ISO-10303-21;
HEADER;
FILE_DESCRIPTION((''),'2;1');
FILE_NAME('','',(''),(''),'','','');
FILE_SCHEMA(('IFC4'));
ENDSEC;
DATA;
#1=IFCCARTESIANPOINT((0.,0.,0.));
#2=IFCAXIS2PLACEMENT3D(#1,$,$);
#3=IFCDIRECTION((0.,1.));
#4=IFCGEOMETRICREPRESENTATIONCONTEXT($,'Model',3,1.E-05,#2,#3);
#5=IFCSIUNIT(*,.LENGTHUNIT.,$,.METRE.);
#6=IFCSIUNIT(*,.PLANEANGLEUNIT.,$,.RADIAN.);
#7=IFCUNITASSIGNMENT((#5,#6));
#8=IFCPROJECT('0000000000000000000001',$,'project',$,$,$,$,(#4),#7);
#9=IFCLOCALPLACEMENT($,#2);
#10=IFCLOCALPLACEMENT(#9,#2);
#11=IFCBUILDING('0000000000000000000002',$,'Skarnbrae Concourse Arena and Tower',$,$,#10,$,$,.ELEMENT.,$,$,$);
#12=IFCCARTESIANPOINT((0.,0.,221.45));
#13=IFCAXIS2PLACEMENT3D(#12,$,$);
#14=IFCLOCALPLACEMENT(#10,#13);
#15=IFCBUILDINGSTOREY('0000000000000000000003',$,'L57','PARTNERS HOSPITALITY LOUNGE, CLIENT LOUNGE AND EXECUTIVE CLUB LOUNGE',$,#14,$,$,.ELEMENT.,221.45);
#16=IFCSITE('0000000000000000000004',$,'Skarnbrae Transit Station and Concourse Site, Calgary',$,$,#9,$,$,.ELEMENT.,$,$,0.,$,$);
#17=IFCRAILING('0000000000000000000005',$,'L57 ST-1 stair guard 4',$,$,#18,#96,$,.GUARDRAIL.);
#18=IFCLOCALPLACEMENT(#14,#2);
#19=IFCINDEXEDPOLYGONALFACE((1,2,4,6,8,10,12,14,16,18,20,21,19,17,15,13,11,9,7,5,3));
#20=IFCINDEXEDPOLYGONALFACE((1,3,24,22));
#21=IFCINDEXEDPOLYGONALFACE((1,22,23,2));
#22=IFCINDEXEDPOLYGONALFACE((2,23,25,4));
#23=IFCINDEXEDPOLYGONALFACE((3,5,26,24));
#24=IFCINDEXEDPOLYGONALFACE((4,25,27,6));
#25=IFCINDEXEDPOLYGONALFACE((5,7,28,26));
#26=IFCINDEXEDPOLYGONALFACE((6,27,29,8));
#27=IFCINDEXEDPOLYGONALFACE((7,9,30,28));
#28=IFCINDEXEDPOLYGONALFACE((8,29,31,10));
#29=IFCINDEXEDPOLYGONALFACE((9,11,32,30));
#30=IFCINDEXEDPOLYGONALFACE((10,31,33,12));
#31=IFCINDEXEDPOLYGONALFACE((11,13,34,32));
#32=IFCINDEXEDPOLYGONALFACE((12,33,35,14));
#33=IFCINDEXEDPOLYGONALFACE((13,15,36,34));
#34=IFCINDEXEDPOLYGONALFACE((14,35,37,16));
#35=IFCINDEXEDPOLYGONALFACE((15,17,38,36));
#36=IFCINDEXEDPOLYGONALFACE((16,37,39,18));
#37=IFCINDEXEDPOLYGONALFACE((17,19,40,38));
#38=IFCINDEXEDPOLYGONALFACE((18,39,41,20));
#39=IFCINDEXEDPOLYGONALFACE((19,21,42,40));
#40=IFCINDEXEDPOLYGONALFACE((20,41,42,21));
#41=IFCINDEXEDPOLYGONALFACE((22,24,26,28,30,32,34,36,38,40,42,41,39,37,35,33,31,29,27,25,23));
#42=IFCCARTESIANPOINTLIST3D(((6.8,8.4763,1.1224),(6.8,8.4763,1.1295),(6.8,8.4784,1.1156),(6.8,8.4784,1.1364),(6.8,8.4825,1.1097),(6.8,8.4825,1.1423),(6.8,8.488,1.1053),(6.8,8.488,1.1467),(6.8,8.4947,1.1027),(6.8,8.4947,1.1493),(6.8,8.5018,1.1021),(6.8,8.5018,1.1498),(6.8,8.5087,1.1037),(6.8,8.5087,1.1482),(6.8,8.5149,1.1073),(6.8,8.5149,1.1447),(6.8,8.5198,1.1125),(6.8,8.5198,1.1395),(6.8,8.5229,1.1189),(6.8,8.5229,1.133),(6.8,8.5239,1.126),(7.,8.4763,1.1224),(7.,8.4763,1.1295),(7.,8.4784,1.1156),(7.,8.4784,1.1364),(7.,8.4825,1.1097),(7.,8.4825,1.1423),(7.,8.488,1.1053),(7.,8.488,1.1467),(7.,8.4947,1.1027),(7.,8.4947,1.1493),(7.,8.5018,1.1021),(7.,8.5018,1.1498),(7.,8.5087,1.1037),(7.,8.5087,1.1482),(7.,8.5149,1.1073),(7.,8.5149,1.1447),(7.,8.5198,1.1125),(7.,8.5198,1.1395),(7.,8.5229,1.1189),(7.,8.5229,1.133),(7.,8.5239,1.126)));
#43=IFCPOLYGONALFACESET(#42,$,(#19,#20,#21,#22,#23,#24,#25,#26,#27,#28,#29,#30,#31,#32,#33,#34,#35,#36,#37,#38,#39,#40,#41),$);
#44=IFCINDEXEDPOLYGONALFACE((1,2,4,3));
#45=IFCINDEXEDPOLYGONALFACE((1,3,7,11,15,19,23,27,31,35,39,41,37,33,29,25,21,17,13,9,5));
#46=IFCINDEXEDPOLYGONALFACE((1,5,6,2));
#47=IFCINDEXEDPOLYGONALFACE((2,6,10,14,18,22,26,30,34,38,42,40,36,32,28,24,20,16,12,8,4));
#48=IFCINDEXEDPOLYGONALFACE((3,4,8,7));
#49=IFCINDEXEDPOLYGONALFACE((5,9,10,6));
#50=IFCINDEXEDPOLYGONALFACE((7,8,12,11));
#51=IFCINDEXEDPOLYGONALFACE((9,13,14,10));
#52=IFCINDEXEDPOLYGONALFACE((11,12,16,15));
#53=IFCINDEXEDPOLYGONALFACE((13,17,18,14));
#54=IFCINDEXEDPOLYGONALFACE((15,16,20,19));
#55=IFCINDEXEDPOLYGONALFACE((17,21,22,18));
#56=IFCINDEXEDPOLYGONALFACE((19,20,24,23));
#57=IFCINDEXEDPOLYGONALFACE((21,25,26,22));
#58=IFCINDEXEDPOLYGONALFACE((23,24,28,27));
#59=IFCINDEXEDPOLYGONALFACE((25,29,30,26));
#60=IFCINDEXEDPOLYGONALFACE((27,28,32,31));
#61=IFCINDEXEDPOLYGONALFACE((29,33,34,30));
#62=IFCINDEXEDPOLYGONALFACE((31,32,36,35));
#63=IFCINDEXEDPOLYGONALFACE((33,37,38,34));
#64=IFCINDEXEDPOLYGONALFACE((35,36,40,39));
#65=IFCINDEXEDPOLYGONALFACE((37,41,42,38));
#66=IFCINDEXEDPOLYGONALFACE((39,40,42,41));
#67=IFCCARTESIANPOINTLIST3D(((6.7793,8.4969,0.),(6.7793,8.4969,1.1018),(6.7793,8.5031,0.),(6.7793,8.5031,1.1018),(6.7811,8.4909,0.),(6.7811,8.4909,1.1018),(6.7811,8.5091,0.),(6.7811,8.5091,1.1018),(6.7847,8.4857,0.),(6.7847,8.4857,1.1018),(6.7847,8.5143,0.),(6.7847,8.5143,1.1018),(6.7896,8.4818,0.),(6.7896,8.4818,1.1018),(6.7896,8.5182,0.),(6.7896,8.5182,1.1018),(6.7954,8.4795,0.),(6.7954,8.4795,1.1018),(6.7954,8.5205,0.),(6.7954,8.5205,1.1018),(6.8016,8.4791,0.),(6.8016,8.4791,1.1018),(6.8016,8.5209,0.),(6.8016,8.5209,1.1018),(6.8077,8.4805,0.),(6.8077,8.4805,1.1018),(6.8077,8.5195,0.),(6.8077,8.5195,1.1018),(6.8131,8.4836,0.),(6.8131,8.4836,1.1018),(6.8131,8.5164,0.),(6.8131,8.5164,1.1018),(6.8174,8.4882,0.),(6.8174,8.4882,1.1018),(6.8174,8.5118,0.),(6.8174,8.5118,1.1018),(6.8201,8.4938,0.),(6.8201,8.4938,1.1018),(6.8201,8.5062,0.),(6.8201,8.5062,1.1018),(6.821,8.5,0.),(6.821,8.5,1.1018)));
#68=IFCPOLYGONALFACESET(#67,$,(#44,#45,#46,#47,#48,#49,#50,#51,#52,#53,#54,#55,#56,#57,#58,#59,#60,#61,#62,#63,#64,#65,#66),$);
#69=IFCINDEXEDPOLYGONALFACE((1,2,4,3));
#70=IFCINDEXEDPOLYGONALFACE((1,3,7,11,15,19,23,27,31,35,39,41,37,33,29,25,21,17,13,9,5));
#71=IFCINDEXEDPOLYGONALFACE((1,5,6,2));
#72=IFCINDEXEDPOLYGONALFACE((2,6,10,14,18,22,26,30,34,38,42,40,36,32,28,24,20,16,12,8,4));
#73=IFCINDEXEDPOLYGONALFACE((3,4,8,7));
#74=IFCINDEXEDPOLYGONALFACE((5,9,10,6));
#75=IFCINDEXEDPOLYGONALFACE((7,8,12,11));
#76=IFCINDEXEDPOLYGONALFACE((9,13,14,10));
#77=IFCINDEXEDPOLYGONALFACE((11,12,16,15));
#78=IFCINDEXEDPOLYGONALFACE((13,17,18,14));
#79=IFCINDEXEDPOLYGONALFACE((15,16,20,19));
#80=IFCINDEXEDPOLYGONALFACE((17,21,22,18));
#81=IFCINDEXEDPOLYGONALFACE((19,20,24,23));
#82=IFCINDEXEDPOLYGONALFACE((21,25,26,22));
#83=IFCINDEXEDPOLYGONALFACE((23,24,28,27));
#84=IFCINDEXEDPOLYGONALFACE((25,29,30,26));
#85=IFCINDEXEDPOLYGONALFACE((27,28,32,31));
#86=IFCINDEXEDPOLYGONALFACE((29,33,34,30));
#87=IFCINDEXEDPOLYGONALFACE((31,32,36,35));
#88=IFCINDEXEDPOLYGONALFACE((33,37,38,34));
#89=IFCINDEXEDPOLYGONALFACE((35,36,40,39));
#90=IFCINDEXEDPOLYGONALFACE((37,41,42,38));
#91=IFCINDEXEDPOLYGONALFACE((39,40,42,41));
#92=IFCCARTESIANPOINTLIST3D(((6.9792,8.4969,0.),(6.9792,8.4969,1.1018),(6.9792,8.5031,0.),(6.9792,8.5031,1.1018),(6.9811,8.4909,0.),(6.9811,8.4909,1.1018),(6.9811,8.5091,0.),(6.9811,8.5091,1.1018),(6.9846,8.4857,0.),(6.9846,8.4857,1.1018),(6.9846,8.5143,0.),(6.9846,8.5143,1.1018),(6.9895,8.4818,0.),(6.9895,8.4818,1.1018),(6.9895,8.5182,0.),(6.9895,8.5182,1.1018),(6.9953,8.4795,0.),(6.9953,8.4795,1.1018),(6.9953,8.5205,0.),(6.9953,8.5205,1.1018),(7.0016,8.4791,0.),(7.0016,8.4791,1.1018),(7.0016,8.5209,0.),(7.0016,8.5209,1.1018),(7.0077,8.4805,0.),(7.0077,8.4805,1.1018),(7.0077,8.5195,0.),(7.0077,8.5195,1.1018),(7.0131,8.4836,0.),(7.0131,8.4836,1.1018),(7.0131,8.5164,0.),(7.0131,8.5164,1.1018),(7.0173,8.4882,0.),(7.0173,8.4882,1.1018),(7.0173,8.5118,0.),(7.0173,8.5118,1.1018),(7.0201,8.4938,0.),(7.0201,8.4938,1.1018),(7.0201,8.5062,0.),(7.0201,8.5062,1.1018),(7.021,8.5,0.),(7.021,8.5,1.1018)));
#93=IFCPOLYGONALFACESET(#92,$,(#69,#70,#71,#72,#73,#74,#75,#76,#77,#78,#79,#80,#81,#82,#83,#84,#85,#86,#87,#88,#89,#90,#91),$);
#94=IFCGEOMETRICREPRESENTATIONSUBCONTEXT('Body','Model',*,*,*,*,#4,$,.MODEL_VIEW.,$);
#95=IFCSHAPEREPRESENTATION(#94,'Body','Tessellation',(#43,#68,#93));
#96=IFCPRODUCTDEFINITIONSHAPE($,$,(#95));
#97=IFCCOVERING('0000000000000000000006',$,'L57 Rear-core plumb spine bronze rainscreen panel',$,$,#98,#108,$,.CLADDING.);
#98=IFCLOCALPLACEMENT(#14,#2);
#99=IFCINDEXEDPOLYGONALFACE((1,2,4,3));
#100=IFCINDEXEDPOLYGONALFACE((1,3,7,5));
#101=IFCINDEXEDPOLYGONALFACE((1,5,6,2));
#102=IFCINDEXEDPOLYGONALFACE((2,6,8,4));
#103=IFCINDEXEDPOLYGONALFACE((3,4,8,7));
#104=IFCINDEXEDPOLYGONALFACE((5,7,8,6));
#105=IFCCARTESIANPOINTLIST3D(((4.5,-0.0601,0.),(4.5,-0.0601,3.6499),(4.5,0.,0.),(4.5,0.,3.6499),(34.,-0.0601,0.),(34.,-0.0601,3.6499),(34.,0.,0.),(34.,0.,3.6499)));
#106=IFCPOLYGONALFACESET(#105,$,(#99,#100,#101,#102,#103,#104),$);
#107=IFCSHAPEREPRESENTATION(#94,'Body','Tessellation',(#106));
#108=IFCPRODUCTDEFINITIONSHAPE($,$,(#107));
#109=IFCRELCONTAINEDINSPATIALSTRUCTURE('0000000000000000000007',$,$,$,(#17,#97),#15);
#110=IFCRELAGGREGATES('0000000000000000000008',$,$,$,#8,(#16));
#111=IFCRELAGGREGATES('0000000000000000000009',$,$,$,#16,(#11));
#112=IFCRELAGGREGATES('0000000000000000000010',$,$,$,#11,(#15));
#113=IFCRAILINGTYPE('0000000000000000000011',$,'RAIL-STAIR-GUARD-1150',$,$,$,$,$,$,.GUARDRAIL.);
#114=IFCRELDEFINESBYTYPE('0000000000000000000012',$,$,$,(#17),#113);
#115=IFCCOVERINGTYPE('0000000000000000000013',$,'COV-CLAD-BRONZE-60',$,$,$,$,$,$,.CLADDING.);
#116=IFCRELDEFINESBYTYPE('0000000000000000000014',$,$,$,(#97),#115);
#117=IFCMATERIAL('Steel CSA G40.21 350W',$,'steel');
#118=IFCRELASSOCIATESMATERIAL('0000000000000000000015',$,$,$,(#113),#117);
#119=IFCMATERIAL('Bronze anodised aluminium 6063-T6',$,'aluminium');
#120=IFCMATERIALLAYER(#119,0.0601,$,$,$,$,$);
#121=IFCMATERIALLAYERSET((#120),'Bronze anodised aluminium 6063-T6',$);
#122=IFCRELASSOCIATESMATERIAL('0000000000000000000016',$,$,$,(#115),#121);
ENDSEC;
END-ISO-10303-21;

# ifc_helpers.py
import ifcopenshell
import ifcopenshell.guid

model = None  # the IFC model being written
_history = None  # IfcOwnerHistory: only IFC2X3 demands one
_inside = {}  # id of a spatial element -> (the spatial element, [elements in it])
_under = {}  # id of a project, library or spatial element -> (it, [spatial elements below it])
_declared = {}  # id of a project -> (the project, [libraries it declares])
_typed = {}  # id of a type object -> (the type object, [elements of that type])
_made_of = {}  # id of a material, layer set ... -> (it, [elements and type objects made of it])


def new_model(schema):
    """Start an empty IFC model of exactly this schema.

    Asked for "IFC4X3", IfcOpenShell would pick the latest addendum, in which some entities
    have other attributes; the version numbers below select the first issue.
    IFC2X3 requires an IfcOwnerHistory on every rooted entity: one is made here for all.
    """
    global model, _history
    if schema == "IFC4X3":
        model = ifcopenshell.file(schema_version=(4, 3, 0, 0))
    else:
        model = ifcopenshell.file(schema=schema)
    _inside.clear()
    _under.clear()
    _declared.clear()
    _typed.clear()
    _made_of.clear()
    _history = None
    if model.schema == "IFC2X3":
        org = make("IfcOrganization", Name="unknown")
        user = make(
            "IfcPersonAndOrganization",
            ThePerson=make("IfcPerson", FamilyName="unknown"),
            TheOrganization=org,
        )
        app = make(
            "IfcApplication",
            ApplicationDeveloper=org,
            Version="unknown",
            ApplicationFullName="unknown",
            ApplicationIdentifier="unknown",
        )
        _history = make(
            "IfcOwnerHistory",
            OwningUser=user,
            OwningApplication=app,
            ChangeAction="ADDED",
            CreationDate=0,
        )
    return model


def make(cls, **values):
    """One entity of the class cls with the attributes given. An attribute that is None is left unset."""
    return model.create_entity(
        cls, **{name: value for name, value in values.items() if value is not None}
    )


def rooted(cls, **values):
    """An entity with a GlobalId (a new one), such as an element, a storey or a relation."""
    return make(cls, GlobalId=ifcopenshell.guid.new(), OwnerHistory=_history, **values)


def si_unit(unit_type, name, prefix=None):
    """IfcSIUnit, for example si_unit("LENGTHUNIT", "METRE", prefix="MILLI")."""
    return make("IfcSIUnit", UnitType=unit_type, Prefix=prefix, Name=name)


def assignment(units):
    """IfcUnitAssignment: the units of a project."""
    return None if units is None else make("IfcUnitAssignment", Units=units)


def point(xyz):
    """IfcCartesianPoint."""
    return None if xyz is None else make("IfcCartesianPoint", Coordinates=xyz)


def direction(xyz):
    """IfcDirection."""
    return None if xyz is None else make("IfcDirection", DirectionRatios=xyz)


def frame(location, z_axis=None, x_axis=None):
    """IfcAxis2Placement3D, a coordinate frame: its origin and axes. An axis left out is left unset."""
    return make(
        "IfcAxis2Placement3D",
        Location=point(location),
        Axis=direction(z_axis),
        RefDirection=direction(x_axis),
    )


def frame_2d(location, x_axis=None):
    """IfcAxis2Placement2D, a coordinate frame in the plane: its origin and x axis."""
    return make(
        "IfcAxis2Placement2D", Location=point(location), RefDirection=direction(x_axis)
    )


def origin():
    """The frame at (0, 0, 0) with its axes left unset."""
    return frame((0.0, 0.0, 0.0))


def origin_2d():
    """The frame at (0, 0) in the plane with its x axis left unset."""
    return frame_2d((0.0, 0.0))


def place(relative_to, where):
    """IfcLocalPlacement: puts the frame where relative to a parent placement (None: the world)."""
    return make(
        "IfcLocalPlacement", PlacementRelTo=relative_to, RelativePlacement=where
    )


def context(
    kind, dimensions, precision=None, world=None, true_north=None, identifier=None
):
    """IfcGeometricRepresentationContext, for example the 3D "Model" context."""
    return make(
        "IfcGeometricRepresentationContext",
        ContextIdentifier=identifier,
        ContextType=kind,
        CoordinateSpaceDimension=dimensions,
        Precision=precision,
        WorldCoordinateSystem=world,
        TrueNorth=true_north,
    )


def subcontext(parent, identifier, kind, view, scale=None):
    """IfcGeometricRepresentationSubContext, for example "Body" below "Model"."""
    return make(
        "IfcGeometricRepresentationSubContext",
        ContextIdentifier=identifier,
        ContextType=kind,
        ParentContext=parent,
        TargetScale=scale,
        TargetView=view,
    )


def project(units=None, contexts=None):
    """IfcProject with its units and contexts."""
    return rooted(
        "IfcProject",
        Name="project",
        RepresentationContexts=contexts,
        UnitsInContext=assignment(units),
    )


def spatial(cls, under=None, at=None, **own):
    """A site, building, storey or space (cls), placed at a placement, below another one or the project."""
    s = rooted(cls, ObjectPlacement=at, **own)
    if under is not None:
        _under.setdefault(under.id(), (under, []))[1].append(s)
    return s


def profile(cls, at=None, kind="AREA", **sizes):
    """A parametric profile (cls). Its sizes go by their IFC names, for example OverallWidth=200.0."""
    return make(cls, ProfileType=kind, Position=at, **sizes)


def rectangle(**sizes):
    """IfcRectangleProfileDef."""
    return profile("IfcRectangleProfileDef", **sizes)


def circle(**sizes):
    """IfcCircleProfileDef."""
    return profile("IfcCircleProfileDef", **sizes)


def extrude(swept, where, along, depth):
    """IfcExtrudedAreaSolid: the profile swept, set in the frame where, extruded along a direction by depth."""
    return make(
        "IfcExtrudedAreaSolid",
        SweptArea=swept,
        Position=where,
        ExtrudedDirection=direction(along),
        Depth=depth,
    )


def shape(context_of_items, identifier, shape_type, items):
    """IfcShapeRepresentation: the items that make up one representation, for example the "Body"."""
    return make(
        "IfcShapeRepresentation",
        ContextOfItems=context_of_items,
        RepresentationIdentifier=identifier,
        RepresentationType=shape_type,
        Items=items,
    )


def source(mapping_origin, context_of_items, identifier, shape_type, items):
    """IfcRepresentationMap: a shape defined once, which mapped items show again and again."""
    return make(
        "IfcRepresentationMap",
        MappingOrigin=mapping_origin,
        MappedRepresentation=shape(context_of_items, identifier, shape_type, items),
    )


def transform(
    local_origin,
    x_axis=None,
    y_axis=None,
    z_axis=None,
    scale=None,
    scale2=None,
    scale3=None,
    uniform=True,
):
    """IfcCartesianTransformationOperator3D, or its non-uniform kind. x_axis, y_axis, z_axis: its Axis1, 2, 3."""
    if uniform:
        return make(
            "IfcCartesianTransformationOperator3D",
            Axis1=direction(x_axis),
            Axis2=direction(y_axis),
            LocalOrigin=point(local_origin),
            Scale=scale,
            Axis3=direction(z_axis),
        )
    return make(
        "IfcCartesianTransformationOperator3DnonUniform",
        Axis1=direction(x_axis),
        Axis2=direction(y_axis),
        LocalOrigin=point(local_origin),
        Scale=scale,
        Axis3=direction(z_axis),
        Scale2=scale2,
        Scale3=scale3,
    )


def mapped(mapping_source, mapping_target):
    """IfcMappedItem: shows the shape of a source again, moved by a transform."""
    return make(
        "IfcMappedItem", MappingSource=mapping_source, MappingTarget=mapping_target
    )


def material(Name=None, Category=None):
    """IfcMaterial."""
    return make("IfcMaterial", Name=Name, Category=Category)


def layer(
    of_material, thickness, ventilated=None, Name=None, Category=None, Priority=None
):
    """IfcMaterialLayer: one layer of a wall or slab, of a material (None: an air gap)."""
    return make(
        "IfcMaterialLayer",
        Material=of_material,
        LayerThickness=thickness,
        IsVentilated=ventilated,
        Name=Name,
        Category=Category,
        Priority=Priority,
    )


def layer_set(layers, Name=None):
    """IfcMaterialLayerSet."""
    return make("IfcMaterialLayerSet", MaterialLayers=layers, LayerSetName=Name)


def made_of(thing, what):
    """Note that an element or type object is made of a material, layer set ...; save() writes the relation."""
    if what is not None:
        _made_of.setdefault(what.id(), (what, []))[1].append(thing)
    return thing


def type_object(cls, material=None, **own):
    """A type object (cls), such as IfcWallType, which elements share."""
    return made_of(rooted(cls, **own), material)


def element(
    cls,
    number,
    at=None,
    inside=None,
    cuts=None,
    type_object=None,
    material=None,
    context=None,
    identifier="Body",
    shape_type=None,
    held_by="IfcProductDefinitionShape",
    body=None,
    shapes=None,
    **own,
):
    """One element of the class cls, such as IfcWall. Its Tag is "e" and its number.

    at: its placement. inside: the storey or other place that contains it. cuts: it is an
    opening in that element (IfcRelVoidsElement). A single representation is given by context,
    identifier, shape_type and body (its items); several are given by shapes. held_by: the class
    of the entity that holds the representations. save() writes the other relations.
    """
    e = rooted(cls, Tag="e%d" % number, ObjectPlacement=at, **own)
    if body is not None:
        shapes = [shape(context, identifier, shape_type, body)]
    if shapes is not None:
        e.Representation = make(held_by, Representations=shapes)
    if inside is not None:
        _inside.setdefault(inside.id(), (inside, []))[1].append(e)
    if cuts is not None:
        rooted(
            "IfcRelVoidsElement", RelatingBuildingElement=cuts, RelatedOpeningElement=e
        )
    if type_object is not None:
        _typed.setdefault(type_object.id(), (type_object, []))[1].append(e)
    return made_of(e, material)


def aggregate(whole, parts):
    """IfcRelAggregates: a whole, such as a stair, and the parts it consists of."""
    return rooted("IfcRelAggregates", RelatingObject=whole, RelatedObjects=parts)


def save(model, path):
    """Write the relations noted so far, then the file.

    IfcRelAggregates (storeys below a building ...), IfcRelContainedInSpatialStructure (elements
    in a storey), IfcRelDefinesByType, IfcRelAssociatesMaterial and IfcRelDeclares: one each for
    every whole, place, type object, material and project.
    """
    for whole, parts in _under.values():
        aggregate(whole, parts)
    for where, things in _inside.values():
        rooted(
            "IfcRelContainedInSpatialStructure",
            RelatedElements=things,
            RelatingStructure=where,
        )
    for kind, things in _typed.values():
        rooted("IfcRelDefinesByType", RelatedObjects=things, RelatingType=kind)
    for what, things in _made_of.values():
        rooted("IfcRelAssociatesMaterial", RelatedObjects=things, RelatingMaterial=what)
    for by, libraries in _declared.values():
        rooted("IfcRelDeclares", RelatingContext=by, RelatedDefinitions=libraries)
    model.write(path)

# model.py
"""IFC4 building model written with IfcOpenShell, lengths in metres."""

from ifc_helpers import new_model, si_unit, direction, frame, origin, origin_2d, place, context, subcontext, project, spatial, rectangle, circle, extrude, source, transform, mapped, material, layer, layer_set, type_object, element, save


model = new_model("IFC4")

# Units and contexts
model_context = context("Model", 3, precision=1e-05, world=origin(), true_north=direction((0.0, 1.0)))
body_context = subcontext(model_context, "Body", "Model", "MODEL_VIEW")
ifc_project = project(units=[si_unit("LENGTHUNIT", "METRE"), si_unit("PLANEANGLEUNIT", "RADIAN")], contexts=[model_context])

# Site, building, storey
site_placement = place(None, origin())
site = spatial("IfcSite", under=ifc_project, at=site_placement, Name="Skarnbrae Transit Station and Concourse Site, Calgary", CompositionType="ELEMENT", RefElevation=0.0)
building_placement = place(site_placement, origin())
building = spatial("IfcBuilding", under=site, at=building_placement, Name="Skarnbrae Concourse Arena and Tower", CompositionType="ELEMENT")
storey_placement = place(building_placement, frame((0.0, 0.0, 221.45)))
storey = spatial("IfcBuildingStorey", under=building, at=storey_placement, Name="L57", Description="PARTNERS HOSPITALITY LOUNGE, CLIENT LOUNGE AND EXECUTIVE CLUB LOUNGE", CompositionType="ELEMENT", Elevation=221.45)

# Shared definitions
ifc_material_1 = material(Name="Steel CSA G40.21 350W", Category="steel")

# Railing
railing_type_1 = type_object("IfcRailingType", Name="RAIL-STAIR-GUARD-1150", PredefinedType="GUARDRAIL", material=ifc_material_1)
railing_1_placement = place(storey_placement, frame((6.8, 8.5, 0.0)))
element("IfcRailing", 1, at=railing_1_placement, inside=storey, type_object=railing_type_1, Name="L57 ST-1 stair guard 4", PredefinedType="GUARDRAIL", context=body_context, shape_type="SweptSolid", body=[
    extrude(circle(Radius=0.0239, at=origin_2d()), frame((0.0, 0.0, 1.126), z_axis=(1.0, 0.0, 0.0), x_axis=(0.0, 1.0, 0.0)), (0.0, 0.0, 1.0), 0.2),
    extrude(circle(Radius=0.021, at=origin_2d()), origin(), (0.0, 0.0, 1.0), 1.1018),
    extrude(circle(Radius=0.021, at=origin_2d()), frame((0.2, 0.0, 0.0)), (0.0, 0.0, 1.0), 1.1018),
])

# Covering
ifc_material_2 = material(Name="Bronze anodised aluminium 6063-T6", Category="aluminium")
ifc_layer_1 = layer(ifc_material_2, 0.0601)
ifc_layer_set_1 = layer_set([ifc_layer_1], Name="Bronze anodised aluminium 6063-T6")
covering_type = type_object("IfcCoveringType", Name="COV-CLAD-BRONZE-60", PredefinedType="CLADDING", material=ifc_layer_set_1)
shared_shape_1 = source(origin(), body_context, "Body", "SweptSolid", [
    extrude(rectangle(XDim=29.5, YDim=0.0601, at=origin_2d()), origin(), (0.0, 0.0, 1.0), 3.6499),
])
covering_placement = place(storey_placement, frame((19.25, -0.03, 0.0), z_axis=(0.0, 0.0, 1.0), x_axis=(1.0, 0.0, 0.0)))
element("IfcCovering", 2, at=covering_placement, inside=storey, type_object=covering_type, Name="L57 Rear-core plumb spine bronze rainscreen panel", PredefinedType="CLADDING", context=body_context, shape_type="MappedRepresentation", body=[
    mapped(shared_shape_1, transform((0.0, 0.0, 0.0))),
])

save(model, "model.ifc")
